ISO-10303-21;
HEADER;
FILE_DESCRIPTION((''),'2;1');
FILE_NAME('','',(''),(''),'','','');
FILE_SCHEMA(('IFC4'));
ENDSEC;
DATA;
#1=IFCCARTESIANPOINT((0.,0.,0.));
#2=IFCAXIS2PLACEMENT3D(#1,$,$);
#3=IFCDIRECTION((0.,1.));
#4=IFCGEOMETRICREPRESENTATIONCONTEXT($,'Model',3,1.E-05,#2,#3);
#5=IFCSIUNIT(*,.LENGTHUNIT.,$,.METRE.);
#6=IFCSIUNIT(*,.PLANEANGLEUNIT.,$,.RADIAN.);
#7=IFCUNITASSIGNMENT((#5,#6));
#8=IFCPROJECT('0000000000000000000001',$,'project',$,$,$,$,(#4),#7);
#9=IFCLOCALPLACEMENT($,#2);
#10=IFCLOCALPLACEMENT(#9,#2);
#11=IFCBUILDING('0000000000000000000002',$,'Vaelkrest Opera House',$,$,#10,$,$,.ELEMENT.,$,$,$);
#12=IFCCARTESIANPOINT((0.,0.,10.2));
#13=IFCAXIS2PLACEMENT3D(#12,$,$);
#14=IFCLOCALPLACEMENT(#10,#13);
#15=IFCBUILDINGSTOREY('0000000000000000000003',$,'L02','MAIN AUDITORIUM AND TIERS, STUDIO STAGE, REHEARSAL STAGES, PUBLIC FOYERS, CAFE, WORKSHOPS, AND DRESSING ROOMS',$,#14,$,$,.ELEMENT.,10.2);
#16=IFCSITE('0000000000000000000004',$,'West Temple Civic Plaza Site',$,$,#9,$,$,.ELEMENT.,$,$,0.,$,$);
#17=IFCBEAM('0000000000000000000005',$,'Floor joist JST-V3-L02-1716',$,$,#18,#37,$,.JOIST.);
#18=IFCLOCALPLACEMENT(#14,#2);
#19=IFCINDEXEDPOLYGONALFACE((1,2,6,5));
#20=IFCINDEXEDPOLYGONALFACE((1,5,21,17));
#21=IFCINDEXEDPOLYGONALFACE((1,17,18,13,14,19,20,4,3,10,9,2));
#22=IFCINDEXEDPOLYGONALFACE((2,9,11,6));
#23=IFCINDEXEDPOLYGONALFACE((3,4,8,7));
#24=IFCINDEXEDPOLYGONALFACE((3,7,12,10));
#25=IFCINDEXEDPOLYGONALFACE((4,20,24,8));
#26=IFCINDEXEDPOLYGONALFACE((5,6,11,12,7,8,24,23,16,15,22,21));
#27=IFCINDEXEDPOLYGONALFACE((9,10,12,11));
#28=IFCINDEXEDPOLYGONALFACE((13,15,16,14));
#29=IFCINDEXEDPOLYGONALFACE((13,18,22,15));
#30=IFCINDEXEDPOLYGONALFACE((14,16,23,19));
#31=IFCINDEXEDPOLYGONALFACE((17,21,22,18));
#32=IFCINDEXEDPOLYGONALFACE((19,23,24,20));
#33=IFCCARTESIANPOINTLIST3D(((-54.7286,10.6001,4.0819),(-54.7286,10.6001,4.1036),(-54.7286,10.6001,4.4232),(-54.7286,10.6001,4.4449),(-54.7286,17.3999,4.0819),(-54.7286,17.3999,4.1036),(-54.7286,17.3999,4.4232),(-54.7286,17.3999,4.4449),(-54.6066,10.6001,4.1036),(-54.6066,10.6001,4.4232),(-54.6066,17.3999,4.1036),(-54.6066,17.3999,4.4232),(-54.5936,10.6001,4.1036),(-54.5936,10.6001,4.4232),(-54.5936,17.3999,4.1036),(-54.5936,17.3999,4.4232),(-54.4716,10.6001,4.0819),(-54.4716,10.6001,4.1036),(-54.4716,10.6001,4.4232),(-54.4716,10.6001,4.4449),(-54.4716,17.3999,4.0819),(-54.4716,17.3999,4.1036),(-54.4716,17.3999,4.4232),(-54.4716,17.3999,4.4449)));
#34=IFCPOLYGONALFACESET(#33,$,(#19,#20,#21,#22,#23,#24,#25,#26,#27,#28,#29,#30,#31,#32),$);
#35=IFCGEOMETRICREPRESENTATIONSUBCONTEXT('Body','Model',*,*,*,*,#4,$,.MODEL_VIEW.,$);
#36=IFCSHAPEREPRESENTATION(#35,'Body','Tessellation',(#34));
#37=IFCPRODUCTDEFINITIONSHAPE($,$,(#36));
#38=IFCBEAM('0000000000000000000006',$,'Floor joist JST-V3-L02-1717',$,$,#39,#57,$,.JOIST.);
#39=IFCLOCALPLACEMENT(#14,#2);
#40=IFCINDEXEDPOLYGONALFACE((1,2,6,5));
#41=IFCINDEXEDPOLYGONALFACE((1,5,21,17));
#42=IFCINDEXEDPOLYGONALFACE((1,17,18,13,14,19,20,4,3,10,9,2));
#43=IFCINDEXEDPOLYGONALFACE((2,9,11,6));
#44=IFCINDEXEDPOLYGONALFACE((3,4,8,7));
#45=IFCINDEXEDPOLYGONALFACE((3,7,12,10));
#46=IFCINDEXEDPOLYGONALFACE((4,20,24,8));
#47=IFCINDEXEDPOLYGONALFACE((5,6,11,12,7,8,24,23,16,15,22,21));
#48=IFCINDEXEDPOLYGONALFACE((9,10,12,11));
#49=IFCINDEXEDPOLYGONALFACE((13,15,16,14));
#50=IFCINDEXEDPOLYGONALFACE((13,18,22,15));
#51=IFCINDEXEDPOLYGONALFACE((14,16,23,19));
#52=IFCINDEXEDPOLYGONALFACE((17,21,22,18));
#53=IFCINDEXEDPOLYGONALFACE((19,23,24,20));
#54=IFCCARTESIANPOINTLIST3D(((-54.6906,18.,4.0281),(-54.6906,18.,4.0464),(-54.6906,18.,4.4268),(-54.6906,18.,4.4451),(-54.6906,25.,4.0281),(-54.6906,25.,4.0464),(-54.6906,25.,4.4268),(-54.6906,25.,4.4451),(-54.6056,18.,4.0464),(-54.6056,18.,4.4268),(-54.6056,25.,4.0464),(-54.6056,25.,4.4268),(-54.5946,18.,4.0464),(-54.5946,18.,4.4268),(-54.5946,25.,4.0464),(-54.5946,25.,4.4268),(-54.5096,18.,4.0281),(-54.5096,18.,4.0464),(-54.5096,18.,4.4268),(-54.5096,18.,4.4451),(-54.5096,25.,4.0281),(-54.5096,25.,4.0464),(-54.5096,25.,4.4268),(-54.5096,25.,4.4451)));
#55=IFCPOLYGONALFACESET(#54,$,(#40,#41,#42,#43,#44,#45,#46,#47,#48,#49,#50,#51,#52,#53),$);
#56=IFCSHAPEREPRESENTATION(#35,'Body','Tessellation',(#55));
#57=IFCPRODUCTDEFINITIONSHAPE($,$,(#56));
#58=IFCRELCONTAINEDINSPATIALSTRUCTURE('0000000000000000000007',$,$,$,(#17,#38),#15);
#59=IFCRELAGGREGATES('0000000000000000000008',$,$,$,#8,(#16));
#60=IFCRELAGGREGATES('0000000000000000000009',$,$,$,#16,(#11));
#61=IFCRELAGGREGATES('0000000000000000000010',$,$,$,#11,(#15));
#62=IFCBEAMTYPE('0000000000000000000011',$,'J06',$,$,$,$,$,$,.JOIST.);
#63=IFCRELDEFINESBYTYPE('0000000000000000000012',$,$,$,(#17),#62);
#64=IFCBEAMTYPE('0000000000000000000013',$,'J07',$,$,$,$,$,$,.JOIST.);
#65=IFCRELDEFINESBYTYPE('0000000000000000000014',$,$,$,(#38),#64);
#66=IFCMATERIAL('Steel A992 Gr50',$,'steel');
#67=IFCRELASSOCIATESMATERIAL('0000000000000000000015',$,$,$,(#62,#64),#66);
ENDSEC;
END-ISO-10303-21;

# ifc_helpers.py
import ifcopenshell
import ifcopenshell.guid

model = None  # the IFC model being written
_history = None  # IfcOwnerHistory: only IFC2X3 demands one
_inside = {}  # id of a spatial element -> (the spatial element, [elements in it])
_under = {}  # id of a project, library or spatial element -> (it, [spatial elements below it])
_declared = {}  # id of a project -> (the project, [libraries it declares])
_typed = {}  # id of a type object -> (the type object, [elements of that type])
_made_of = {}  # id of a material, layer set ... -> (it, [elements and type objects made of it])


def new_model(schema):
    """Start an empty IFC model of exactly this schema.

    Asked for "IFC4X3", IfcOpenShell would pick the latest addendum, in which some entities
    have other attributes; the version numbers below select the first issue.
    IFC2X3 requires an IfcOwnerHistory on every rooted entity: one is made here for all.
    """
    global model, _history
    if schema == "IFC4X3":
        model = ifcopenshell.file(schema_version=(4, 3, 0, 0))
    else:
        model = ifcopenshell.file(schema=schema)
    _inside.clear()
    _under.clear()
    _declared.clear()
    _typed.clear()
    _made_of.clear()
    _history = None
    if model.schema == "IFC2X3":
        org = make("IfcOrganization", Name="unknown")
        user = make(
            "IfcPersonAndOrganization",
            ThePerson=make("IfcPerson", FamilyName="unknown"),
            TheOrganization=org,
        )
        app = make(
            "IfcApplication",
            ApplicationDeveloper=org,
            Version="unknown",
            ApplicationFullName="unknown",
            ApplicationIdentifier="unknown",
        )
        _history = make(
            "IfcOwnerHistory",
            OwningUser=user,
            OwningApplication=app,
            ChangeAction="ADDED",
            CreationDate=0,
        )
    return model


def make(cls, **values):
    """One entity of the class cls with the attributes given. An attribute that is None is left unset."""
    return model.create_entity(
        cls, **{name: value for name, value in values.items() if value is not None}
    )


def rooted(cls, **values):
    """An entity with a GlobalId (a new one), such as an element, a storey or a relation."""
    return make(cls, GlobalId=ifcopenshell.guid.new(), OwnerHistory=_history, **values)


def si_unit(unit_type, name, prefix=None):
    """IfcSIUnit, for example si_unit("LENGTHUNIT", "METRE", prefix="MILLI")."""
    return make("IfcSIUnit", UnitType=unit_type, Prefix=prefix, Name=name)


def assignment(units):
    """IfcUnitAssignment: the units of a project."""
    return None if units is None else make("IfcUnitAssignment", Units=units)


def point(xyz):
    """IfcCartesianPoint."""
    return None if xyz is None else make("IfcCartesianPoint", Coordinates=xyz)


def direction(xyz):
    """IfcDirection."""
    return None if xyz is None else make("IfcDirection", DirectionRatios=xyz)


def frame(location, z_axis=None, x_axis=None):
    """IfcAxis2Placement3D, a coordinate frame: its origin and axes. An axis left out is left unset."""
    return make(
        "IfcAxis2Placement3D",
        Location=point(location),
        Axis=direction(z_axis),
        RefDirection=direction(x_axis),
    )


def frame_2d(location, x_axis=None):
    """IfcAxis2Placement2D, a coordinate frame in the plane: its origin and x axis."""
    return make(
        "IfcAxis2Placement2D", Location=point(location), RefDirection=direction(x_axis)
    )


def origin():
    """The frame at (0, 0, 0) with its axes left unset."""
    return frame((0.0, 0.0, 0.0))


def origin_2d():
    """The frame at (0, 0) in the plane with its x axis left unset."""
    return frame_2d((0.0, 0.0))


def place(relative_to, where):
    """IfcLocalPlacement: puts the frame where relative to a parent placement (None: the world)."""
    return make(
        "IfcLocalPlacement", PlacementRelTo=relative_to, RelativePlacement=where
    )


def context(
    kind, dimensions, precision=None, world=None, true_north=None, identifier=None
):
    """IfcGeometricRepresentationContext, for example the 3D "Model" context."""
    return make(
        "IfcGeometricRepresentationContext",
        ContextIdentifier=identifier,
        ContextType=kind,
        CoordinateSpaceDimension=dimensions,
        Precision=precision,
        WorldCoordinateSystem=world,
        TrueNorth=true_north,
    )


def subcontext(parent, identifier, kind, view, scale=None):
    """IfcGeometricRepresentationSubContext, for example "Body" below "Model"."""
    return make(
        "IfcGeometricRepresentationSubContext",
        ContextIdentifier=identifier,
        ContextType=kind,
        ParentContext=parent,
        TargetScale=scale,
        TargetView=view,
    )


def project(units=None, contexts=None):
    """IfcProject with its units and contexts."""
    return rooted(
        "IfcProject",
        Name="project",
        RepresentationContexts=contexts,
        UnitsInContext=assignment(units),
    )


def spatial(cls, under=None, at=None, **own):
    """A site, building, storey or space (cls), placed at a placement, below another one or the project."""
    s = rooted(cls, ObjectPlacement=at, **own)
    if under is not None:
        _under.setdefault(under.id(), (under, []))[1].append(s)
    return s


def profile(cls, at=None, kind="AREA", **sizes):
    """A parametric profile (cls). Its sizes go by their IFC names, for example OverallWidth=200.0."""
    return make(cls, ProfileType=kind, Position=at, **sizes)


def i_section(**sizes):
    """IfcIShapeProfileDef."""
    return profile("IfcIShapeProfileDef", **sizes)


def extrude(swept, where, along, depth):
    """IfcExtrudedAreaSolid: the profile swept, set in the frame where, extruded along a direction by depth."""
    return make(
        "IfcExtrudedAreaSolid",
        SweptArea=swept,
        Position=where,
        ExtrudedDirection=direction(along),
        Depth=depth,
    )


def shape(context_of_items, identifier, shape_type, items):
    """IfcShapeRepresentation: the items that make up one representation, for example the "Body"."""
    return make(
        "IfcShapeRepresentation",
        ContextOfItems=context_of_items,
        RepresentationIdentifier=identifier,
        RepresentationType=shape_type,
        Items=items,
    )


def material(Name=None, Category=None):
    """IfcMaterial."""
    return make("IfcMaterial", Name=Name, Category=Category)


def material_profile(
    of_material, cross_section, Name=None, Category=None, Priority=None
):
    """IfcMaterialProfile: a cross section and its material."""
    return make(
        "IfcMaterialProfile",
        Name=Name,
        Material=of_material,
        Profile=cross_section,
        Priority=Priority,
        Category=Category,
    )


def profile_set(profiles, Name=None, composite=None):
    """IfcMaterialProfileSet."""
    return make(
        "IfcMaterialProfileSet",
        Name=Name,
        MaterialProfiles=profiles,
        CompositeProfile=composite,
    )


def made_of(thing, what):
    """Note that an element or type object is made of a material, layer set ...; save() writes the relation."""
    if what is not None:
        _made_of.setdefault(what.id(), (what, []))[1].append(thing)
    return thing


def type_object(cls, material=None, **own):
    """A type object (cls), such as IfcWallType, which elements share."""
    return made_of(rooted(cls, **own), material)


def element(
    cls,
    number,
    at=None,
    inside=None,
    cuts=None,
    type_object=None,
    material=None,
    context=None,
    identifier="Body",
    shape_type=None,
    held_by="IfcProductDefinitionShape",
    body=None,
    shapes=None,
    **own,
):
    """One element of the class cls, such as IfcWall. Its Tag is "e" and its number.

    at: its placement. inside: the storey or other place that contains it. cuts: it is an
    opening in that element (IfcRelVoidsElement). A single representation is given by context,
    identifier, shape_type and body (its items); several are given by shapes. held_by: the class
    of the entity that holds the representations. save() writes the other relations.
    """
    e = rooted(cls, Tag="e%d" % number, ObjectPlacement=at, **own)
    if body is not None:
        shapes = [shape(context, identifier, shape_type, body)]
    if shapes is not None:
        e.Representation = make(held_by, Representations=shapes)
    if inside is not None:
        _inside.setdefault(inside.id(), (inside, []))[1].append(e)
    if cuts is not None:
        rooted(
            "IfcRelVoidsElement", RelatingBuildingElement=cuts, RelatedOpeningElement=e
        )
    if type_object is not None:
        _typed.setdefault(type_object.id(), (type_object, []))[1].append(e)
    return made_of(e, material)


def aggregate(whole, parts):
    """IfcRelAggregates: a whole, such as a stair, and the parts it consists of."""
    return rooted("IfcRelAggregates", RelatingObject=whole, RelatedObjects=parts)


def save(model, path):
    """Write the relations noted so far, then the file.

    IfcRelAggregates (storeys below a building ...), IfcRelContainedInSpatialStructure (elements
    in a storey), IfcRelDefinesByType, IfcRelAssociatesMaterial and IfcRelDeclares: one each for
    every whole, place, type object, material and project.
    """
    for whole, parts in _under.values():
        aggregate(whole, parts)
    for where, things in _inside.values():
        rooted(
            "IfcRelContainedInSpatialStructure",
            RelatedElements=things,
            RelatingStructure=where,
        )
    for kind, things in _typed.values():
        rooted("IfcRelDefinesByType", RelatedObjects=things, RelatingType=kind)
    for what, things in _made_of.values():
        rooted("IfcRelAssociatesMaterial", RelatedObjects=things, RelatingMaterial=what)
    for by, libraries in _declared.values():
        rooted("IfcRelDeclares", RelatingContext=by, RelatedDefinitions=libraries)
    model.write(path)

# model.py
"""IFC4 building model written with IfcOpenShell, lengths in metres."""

from ifc_helpers import new_model, si_unit, direction, frame, origin, origin_2d, place, context, subcontext, project, spatial, i_section, extrude, material, material_profile, profile_set, type_object, element, save


model = new_model("IFC4")

# Units and contexts
model_context = context("Model", 3, precision=1e-05, world=origin(), true_north=direction((0.0, 1.0)))
body_context = subcontext(model_context, "Body", "Model", "MODEL_VIEW")
ifc_project = project(units=[si_unit("LENGTHUNIT", "METRE"), si_unit("PLANEANGLEUNIT", "RADIAN")], contexts=[model_context])

# Site, building, storey
site_placement = place(None, origin())
site = spatial("IfcSite", under=ifc_project, at=site_placement, Name="West Temple Civic Plaza Site", CompositionType="ELEMENT", RefElevation=0.0)
building_placement = place(site_placement, origin())
building = spatial("IfcBuilding", under=site, at=building_placement, Name="Vaelkrest Opera House", CompositionType="ELEMENT")
storey_placement = place(building_placement, frame((0.0, 0.0, 10.2)))
storey = spatial("IfcBuildingStorey", under=building, at=storey_placement, Name="L02", Description="MAIN AUDITORIUM AND TIERS, STUDIO STAGE, REHEARSAL STAGES, PUBLIC FOYERS, CAFE, WORKSHOPS, AND DRESSING ROOMS", CompositionType="ELEMENT", Elevation=10.2)

# Beams
ifc_material_1 = material(Name="Steel A992 Gr50", Category="steel")
ifc_material_profile_1 = material_profile(ifc_material_1, i_section(OverallWidth=0.2571, OverallDepth=0.363, WebThickness=0.0129, FlangeThickness=0.0217, at=origin_2d()), Name="W14X82")
ifc_profile_set_1 = profile_set([ifc_material_profile_1], Name="Steel A992 Gr50")
beam_type_1 = type_object("IfcBeamType", Name="J06", PredefinedType="JOIST", material=ifc_profile_set_1)
beam_1_placement = place(storey_placement, frame((-54.6001, 10.6001, 4.2634), z_axis=(0.0, 1.0, 0.0), x_axis=(-1.0, 0.0, 0.0)))
element("IfcBeam", 1, at=beam_1_placement, inside=storey, type_object=beam_type_1, Name="Floor joist JST-V3-L02-1716", PredefinedType="JOIST", context=body_context, shape_type="SweptSolid", body=[
    extrude(i_section(OverallWidth=0.2571, OverallDepth=0.363, WebThickness=0.0129, FlangeThickness=0.0217, at=origin_2d()), origin(), (0.0, 0.0, 1.0), 6.7998),
])
ifc_material_profile_2 = material_profile(ifc_material_1, i_section(OverallWidth=0.1809, OverallDepth=0.417, WebThickness=0.011, FlangeThickness=0.0183, at=origin_2d()), Name="W16X57")
ifc_profile_set_2 = profile_set([ifc_material_profile_2], Name="Steel A992 Gr50")
beam_type_2 = type_object("IfcBeamType", Name="J07", PredefinedType="JOIST", material=ifc_profile_set_2)
beam_2_placement = place(storey_placement, frame((-54.6001, 18.0, 4.2366), z_axis=(0.0, 1.0, 0.0), x_axis=(-1.0, 0.0, 0.0)))
element("IfcBeam", 2, at=beam_2_placement, inside=storey, type_object=beam_type_2, Name="Floor joist JST-V3-L02-1717", PredefinedType="JOIST", context=body_context, shape_type="SweptSolid", body=[
    extrude(i_section(OverallWidth=0.1809, OverallDepth=0.417, WebThickness=0.011, FlangeThickness=0.0183, at=origin_2d()), origin(), (0.0, 0.0, 1.0), 7.0),
])

save(model, "model.ifc")
